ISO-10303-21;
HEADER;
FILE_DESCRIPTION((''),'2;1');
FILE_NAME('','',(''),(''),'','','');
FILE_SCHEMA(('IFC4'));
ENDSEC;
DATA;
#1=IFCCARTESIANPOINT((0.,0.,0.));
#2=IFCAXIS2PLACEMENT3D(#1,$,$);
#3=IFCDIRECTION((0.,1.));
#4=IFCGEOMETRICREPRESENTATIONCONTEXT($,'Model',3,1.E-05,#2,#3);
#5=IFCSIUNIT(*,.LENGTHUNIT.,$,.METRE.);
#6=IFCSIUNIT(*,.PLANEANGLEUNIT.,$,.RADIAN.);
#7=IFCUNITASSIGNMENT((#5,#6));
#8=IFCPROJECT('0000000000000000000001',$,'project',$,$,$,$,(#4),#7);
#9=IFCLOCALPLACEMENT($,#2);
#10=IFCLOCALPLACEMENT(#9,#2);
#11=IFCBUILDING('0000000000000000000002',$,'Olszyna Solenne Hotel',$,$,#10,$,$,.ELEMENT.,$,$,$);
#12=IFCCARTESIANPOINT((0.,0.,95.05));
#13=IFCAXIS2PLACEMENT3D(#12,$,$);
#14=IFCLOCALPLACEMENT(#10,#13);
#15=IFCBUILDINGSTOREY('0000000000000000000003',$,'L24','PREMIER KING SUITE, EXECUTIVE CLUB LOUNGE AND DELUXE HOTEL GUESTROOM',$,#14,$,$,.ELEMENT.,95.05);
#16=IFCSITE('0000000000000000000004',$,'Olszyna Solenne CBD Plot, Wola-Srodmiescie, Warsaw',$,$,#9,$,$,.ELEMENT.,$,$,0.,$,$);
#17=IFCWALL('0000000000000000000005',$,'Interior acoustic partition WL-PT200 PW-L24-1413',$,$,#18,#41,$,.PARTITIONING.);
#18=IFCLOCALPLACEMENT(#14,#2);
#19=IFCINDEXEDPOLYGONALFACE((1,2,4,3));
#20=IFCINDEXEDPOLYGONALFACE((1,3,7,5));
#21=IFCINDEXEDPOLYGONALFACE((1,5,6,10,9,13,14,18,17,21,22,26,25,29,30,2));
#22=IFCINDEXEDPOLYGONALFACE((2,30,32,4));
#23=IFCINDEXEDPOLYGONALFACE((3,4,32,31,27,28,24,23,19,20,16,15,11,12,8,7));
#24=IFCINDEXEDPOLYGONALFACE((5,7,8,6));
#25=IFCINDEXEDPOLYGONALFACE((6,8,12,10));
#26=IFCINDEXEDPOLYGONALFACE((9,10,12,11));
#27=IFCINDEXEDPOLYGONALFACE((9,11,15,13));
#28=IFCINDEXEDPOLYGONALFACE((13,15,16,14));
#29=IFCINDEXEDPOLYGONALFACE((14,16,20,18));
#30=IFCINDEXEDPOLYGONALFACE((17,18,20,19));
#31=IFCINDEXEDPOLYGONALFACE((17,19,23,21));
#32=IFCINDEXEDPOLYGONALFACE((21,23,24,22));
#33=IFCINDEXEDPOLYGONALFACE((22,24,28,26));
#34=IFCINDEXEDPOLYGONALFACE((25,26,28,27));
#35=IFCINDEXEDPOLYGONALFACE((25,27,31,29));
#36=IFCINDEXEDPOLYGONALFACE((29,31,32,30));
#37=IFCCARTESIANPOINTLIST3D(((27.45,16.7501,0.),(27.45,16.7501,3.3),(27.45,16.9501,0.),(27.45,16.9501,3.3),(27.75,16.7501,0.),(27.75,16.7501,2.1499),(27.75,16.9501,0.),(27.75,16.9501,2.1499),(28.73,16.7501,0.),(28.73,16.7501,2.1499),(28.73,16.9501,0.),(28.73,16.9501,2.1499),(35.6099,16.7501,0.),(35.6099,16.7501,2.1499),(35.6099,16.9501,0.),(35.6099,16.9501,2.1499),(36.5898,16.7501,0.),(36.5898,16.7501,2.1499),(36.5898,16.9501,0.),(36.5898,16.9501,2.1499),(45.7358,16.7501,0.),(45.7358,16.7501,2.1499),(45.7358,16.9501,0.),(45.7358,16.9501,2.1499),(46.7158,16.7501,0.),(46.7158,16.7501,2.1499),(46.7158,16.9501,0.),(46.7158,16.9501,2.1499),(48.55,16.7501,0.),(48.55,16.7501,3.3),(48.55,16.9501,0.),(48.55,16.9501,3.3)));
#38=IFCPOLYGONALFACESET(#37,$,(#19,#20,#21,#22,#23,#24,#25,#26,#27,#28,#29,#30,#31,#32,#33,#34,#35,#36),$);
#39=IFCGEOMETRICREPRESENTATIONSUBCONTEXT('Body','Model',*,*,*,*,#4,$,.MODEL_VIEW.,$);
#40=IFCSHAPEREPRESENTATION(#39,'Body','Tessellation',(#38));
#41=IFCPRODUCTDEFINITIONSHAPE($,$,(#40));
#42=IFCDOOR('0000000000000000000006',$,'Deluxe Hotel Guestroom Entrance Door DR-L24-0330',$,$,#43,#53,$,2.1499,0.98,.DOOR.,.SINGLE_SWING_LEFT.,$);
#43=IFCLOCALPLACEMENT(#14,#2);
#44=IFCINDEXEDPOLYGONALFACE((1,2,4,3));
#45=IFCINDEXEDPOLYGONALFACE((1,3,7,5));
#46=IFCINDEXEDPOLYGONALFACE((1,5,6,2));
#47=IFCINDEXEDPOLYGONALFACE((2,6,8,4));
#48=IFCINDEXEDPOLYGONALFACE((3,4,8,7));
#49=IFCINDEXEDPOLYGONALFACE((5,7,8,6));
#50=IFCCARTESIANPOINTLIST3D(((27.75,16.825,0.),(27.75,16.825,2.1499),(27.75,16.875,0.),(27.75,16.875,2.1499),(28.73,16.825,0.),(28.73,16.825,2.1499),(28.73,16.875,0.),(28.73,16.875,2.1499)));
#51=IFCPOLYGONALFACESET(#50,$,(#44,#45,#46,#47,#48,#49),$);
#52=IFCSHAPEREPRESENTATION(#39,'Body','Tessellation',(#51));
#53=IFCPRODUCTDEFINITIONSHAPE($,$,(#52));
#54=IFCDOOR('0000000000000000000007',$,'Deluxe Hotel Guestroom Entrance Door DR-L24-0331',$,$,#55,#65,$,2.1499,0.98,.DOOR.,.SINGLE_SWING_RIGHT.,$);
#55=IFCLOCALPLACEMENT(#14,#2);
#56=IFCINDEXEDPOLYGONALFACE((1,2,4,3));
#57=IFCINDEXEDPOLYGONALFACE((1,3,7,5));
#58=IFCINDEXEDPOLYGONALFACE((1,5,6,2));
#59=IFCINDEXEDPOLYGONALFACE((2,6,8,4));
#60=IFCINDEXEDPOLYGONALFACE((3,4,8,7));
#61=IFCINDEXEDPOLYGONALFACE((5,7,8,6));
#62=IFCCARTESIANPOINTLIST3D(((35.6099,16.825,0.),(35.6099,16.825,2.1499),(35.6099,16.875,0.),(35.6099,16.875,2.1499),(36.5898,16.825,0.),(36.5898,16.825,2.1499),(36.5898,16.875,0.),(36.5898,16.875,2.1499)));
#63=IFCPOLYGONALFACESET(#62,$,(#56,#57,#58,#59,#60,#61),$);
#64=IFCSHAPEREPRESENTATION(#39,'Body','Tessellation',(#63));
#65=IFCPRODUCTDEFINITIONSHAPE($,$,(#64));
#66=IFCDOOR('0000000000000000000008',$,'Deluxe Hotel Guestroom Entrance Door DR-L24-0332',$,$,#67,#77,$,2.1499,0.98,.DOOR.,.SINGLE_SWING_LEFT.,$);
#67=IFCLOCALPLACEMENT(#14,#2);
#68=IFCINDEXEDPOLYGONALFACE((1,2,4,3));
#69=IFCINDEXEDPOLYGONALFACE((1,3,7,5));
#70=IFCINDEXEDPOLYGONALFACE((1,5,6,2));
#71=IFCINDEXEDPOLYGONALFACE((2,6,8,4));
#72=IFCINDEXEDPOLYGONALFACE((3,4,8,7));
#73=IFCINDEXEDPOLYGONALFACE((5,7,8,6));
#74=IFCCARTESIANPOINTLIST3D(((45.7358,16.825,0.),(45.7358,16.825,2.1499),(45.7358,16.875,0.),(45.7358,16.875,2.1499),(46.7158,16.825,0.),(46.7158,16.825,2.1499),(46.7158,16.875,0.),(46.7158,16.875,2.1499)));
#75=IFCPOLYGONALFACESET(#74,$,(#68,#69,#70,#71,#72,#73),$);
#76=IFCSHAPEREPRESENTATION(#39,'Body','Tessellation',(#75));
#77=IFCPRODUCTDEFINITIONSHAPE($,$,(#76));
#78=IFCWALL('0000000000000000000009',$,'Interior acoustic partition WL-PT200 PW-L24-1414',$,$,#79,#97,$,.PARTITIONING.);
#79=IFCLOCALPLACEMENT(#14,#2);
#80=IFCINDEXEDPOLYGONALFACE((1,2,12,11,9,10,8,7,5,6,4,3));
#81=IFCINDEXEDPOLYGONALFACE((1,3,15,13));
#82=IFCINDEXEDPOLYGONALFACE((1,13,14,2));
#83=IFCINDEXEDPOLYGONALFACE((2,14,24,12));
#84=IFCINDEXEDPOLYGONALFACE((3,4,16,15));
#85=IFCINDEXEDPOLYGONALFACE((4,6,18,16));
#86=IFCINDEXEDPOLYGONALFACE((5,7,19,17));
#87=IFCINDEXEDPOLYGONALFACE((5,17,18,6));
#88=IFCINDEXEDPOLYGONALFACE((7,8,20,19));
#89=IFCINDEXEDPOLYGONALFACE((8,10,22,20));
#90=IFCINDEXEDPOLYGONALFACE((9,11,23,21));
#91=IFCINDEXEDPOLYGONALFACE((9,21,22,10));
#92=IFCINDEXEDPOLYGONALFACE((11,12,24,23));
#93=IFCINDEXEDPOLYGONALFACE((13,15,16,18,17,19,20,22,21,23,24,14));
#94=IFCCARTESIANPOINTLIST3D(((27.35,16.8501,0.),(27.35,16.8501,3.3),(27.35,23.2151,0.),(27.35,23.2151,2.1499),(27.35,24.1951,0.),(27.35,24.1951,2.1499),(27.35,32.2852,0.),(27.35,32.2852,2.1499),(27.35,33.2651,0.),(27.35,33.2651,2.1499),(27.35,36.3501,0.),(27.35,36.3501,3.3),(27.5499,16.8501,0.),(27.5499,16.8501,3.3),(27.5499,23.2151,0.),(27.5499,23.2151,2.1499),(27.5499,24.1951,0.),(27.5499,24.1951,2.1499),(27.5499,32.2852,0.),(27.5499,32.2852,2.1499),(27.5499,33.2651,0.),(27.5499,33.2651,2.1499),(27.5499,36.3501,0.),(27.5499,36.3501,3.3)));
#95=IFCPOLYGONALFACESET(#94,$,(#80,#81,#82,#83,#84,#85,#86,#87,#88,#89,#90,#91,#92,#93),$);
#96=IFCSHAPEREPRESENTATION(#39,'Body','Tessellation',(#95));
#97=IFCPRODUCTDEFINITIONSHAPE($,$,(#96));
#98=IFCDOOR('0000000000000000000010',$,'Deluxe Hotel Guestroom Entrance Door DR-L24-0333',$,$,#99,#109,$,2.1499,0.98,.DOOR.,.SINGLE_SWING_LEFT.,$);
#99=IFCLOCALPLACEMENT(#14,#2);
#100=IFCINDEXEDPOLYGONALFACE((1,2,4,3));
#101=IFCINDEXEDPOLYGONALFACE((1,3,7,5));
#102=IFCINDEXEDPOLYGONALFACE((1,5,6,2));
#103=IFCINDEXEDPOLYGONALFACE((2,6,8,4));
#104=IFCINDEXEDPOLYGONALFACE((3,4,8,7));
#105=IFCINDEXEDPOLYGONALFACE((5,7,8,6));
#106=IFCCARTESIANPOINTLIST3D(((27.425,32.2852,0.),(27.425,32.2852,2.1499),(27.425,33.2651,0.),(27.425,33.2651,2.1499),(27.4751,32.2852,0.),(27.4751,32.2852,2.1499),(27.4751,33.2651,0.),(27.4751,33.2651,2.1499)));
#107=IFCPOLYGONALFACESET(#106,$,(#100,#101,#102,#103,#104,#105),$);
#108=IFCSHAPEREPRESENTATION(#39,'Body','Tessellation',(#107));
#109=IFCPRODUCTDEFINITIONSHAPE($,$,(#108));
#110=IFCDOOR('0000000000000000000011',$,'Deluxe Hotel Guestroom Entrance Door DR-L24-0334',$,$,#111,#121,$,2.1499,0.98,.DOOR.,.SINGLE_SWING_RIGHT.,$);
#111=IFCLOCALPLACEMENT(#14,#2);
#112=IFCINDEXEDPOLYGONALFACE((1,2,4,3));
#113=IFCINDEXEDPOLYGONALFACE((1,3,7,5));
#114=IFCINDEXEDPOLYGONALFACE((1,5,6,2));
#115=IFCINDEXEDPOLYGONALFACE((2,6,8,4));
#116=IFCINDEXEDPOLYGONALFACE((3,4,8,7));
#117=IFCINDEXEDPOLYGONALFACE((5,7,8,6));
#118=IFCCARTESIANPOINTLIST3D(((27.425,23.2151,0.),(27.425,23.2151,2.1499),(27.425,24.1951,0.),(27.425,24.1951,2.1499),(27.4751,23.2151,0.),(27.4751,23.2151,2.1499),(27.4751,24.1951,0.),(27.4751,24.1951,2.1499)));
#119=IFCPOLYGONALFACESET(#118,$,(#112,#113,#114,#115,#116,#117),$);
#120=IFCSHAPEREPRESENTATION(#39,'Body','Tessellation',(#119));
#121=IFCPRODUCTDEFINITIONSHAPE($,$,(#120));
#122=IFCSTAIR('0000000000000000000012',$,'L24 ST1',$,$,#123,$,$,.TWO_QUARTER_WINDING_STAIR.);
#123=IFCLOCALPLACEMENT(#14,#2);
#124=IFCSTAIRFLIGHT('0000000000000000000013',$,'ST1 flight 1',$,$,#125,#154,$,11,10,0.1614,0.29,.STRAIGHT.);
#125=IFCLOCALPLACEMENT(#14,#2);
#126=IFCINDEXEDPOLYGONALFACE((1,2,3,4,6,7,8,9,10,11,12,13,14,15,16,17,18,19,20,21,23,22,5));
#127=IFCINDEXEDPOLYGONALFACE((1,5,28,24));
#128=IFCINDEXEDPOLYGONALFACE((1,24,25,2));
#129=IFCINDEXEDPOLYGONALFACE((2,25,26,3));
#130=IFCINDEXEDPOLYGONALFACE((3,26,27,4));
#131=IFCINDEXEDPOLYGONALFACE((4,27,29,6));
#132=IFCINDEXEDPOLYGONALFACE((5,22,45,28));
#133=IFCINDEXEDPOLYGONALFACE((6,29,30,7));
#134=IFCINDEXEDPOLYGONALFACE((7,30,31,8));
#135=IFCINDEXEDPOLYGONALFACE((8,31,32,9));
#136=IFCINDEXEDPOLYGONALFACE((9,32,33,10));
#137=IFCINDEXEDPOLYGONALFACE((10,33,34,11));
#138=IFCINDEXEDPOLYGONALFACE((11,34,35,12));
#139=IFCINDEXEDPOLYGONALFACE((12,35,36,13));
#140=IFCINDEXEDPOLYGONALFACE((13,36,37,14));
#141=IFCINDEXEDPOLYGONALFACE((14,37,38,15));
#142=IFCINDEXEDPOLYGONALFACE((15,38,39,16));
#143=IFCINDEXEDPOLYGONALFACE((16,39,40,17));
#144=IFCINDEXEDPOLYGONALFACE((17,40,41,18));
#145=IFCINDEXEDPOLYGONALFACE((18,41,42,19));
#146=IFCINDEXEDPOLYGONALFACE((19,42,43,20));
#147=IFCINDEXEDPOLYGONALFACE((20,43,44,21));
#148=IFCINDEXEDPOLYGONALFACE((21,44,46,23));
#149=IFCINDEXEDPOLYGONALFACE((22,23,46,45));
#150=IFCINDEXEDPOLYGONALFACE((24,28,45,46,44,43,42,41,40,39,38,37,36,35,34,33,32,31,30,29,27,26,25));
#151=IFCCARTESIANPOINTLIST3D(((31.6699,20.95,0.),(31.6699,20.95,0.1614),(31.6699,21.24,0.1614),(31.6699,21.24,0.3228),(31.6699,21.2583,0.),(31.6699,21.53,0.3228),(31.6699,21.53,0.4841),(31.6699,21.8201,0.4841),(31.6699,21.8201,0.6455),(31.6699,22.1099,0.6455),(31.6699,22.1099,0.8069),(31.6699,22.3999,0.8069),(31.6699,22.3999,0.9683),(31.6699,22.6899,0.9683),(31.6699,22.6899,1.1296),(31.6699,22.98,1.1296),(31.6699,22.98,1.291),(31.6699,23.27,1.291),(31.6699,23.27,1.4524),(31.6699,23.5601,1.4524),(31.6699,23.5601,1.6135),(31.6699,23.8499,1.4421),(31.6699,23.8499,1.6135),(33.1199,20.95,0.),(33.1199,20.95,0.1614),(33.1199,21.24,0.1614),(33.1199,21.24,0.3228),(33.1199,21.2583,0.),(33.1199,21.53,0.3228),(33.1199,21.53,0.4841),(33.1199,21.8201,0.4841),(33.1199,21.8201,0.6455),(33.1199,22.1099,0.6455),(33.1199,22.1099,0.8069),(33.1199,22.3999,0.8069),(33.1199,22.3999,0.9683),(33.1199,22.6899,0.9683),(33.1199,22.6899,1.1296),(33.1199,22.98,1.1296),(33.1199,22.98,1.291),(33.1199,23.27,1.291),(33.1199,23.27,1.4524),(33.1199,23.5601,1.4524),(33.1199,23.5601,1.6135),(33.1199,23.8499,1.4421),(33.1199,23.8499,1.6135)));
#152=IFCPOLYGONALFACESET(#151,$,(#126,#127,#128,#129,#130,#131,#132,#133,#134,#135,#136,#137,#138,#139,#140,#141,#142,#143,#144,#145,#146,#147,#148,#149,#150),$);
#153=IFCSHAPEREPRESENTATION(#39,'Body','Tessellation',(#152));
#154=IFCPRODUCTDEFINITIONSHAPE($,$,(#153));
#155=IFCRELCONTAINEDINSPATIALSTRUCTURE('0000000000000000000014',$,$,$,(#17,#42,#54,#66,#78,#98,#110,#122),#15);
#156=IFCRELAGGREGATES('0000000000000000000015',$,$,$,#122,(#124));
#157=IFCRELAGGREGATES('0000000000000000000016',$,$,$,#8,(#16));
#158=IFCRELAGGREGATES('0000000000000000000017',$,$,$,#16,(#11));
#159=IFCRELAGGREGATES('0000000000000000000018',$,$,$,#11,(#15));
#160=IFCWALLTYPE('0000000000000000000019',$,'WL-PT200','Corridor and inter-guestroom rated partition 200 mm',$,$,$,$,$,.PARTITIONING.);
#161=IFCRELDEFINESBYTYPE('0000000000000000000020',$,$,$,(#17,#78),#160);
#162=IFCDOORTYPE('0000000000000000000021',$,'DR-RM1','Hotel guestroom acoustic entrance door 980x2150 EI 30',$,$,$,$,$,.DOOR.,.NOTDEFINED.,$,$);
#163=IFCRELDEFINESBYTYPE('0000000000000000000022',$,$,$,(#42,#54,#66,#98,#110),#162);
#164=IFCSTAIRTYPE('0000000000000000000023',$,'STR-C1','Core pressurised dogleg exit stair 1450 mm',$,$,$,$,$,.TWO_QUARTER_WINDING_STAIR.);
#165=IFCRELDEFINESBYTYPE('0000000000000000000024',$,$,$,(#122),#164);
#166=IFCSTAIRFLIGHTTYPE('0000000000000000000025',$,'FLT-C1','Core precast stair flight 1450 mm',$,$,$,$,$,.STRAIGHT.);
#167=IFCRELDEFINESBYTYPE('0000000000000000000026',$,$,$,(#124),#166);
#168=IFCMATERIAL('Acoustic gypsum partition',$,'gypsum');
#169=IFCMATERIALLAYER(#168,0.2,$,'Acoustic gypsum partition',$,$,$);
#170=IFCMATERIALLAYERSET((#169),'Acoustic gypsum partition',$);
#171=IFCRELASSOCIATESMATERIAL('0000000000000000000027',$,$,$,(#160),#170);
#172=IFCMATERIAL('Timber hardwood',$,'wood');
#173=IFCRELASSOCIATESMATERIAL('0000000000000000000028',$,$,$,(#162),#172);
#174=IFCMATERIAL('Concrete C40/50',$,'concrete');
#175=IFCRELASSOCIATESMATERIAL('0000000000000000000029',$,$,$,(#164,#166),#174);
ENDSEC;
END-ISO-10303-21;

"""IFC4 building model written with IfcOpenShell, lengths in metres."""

from ifc_helpers import new_model, si_unit, direction, frame, frame_2d, origin, place, context, subcontext, project, spatial, polyline, rectangle, outline, extrude, source, transform, mapped, material, layer, layer_set, type_object, type_shapes, element, fill, aggregate, save


model = new_model("IFC4")

# Units and contexts
model_context = context("Model", 3, precision=1e-05, world=origin(), true_north=direction((0.0, 1.0)))
body_context = subcontext(model_context, "Body", "Model", "MODEL_VIEW")
ifc_project = project(units=[si_unit("LENGTHUNIT", "METRE"), si_unit("PLANEANGLEUNIT", "RADIAN")], contexts=[model_context])

# Site, building, storey
site_placement = place(None, origin())
site = spatial("IfcSite", under=ifc_project, at=site_placement, Name="Olszyna Solenne CBD Plot, Wola-Srodmiescie, Warsaw", CompositionType="ELEMENT", RefElevation=0.0)
building_placement = place(site_placement, origin())
building = spatial("IfcBuilding", under=site, at=building_placement, Name="Olszyna Solenne Hotel", CompositionType="ELEMENT")
storey_placement = place(building_placement, frame((0.0, 0.0, 95.05)))
storey = spatial("IfcBuildingStorey", under=building, at=storey_placement, Name="L24", Description="PREMIER KING SUITE, EXECUTIVE CLUB LOUNGE AND DELUXE HOTEL GUESTROOM", CompositionType="ELEMENT", Elevation=95.05)

# Shared definitions
ifc_material_1 = material(Name="Timber hardwood", Category="wood")

# Shared definitions
ifc_material_2 = material(Name="Acoustic gypsum partition", Category="gypsum")

# Shared definitions
ifc_layer_1 = layer(ifc_material_2, 0.2, Name="Acoustic gypsum partition")
ifc_layer_set_1 = layer_set([ifc_layer_1], Name="Acoustic gypsum partition")
wall_type_1 = type_object("IfcWallType", Name="WL-PT200", Description="Corridor and inter-guestroom rated partition 200 mm", PredefinedType="PARTITIONING", material=ifc_layer_set_1)

# Walls, openings, doors
wall_1_placement = place(storey_placement, frame((27.45, 16.8501, 0.0), z_axis=(0.0, 0.0, 1.0), x_axis=(1.0, 0.0, 0.0)))
wall_1 = element("IfcWall", 1, at=wall_1_placement, inside=storey, type_object=wall_type_1, Name="Interior acoustic partition WL-PT200 PW-L24-1413", PredefinedType="PARTITIONING", context=body_context, shape_type="SweptSolid", body=[
    extrude(rectangle(XDim=21.1001, YDim=0.2, at=frame_2d((10.55, 0.0))), origin(), (0.0, 0.0, 1.0), 3.3),
])
opening_1_placement = place(wall_1_placement, frame((0.3, 0.0, 0.0)))
opening_1 = element("IfcOpeningElement", 2, at=opening_1_placement, cuts=wall_1, PredefinedType="OPENING", context=body_context, shape_type="SweptSolid", body=[
    extrude(rectangle(XDim=0.98, YDim=2.1499, at=frame_2d((0.49, 1.075))), frame((0.0, 0.1099, 0.0), z_axis=(0.0, -1.0, 0.0), x_axis=(1.0, 0.0, 0.0)), (0.0, 0.0, 1.0), 0.22),
])
opening_2_placement = place(wall_1_placement, frame((8.1599, 0.0, 0.0)))
opening_2 = element("IfcOpeningElement", 3, at=opening_2_placement, cuts=wall_1, PredefinedType="OPENING", context=body_context, shape_type="SweptSolid", body=[
    extrude(rectangle(XDim=0.98, YDim=2.1499, at=frame_2d((0.49, 1.075))), frame((0.0, 0.1099, 0.0), z_axis=(0.0, -1.0, 0.0), x_axis=(1.0, 0.0, 0.0)), (0.0, 0.0, 1.0), 0.22),
])
opening_3_placement = place(wall_1_placement, frame((18.2859, 0.0, 0.0)))
opening_3 = element("IfcOpeningElement", 4, at=opening_3_placement, cuts=wall_1, PredefinedType="OPENING", context=body_context, shape_type="SweptSolid", body=[
    extrude(rectangle(XDim=0.98, YDim=2.1499, at=frame_2d((0.49, 1.075))), frame((0.0, 0.1099, 0.0), z_axis=(0.0, -1.0, 0.0), x_axis=(1.0, 0.0, 0.0)), (0.0, 0.0, 1.0), 0.22),
])
door_type_1 = type_object("IfcDoorType", Name="DR-RM1", Description="Hotel guestroom acoustic entrance door 980x2150 EI 30", OperationType="NOTDEFINED", PredefinedType="DOOR", material=ifc_material_1)
shared_shape_1 = source(origin(), body_context, "Body", "SweptSolid", [
    extrude(rectangle(XDim=0.98, YDim=2.1499, at=frame_2d((0.49, 1.075))), frame((0.0, 0.0249, 0.0), z_axis=(0.0, -1.0, 0.0), x_axis=(1.0, 0.0, 0.0)), (0.0, 0.0, 1.0), 0.05),
])
type_shapes(door_type_1, [shared_shape_1])
door_1_placement = place(opening_1_placement, origin())
door_1 = element("IfcDoor", 5, at=door_1_placement, inside=storey, type_object=door_type_1, Name="Deluxe Hotel Guestroom Entrance Door DR-L24-0330", OperationType="SINGLE_SWING_LEFT", OverallHeight=2.1499, OverallWidth=0.98, PredefinedType="DOOR", context=body_context, shape_type="MappedRepresentation", body=[
    mapped(shared_shape_1, transform((0.0, 0.0, 0.0), x_axis=(1.0, 0.0, 0.0), y_axis=(0.0, 1.0, 0.0), z_axis=(0.0, 0.0, 1.0), scale=1.0)),
])
fill(opening_1, door_1)
door_2_placement = place(opening_2_placement, origin())
door_2 = element("IfcDoor", 6, at=door_2_placement, inside=storey, type_object=door_type_1, Name="Deluxe Hotel Guestroom Entrance Door DR-L24-0331", OperationType="SINGLE_SWING_RIGHT", OverallHeight=2.1499, OverallWidth=0.98, PredefinedType="DOOR", context=body_context, shape_type="MappedRepresentation", body=[
    mapped(shared_shape_1, transform((0.0, 0.0, 0.0), x_axis=(1.0, 0.0, 0.0), y_axis=(0.0, 1.0, 0.0), z_axis=(0.0, 0.0, 1.0), scale=1.0)),
])
fill(opening_2, door_2)
door_3_placement = place(opening_3_placement, origin())
door_3 = element("IfcDoor", 7, at=door_3_placement, inside=storey, type_object=door_type_1, Name="Deluxe Hotel Guestroom Entrance Door DR-L24-0332", OperationType="SINGLE_SWING_LEFT", OverallHeight=2.1499, OverallWidth=0.98, PredefinedType="DOOR", context=body_context, shape_type="MappedRepresentation", body=[
    mapped(shared_shape_1, transform((0.0, 0.0, 0.0), x_axis=(1.0, 0.0, 0.0), y_axis=(0.0, 1.0, 0.0), z_axis=(0.0, 0.0, 1.0), scale=1.0)),
])
fill(opening_3, door_3)
wall_2_placement = place(storey_placement, frame((27.45, 16.8501, 0.0), z_axis=(0.0, 0.0, 1.0), x_axis=(0.0, 1.0, 0.0)))
wall_2 = element("IfcWall", 8, at=wall_2_placement, inside=storey, type_object=wall_type_1, Name="Interior acoustic partition WL-PT200 PW-L24-1414", PredefinedType="PARTITIONING", context=body_context, shape_type="SweptSolid", body=[
    extrude(rectangle(XDim=19.5, YDim=0.2, at=frame_2d((9.75, 0.0))), origin(), (0.0, 0.0, 1.0), 3.3),
])
opening_4_placement = place(wall_2_placement, frame((15.4351, 0.0, 0.0)))
opening_4 = element("IfcOpeningElement", 9, at=opening_4_placement, cuts=wall_2, PredefinedType="OPENING", context=body_context, shape_type="SweptSolid", body=[
    extrude(rectangle(XDim=0.98, YDim=2.1499, at=frame_2d((0.49, 1.075))), frame((0.0, 0.1099, 0.0), z_axis=(0.0, -1.0, 0.0), x_axis=(1.0, 0.0, 0.0)), (0.0, 0.0, 1.0), 0.22),
])
opening_5_placement = place(wall_2_placement, frame((6.365, 0.0, 0.0)))
opening_5 = element("IfcOpeningElement", 10, at=opening_5_placement, cuts=wall_2, PredefinedType="OPENING", context=body_context, shape_type="SweptSolid", body=[
    extrude(rectangle(XDim=0.98, YDim=2.1499, at=frame_2d((0.49, 1.075))), frame((0.0, 0.1099, 0.0), z_axis=(0.0, -1.0, 0.0), x_axis=(1.0, 0.0, 0.0)), (0.0, 0.0, 1.0), 0.22),
])
door_4_placement = place(opening_4_placement, origin())
door_4 = element("IfcDoor", 11, at=door_4_placement, inside=storey, type_object=door_type_1, Name="Deluxe Hotel Guestroom Entrance Door DR-L24-0333", OperationType="SINGLE_SWING_LEFT", OverallHeight=2.1499, OverallWidth=0.98, PredefinedType="DOOR", context=body_context, shape_type="MappedRepresentation", body=[
    mapped(shared_shape_1, transform((0.0, 0.0, 0.0), x_axis=(1.0, 0.0, 0.0), y_axis=(0.0, 1.0, 0.0), z_axis=(0.0, 0.0, 1.0), scale=1.0)),
])
fill(opening_4, door_4)
door_5_placement = place(opening_5_placement, origin())
door_5 = element("IfcDoor", 12, at=door_5_placement, inside=storey, type_object=door_type_1, Name="Deluxe Hotel Guestroom Entrance Door DR-L24-0334", OperationType="SINGLE_SWING_RIGHT", OverallHeight=2.1499, OverallWidth=0.98, PredefinedType="DOOR", context=body_context, shape_type="MappedRepresentation", body=[
    mapped(shared_shape_1, transform((0.0, 0.0, 0.0), x_axis=(1.0, 0.0, 0.0), y_axis=(0.0, 1.0, 0.0), z_axis=(0.0, 0.0, 1.0), scale=1.0)),
])
fill(opening_5, door_5)

# Stair, stair flight
ifc_material_3 = material(Name="Concrete C40/50", Category="concrete")
stair_type = type_object("IfcStairType", Name="STR-C1", Description="Core pressurised dogleg exit stair 1450 mm", PredefinedType="TWO_QUARTER_WINDING_STAIR", material=ifc_material_3)
stair_placement = place(storey_placement, origin())
stair = element("IfcStair", 13, at=stair_placement, inside=storey, type_object=stair_type, Name="L24 ST1", PredefinedType="TWO_QUARTER_WINDING_STAIR")
stair_flight_type = type_object("IfcStairFlightType", Name="FLT-C1", Description="Core precast stair flight 1450 mm", PredefinedType="STRAIGHT", material=ifc_material_3)
stair_flight_placement = place(storey_placement, frame((32.395, 20.95, 0.0), z_axis=(0.0, 0.0, 1.0), x_axis=(0.0, 1.0, 0.0)))
stair_flight = element("IfcStairFlight", 14, at=stair_flight_placement, type_object=stair_flight_type, Name="ST1 flight 1", NumberOfRisers=11, NumberOfTreads=10, PredefinedType="STRAIGHT", RiserHeight=0.1614, TreadLength=0.29, context=body_context, shape_type="SweptSolid", body=[
    extrude(outline(polyline([(0.0, 0.0), (0.0, 0.1614), (0.29, 0.1614), (0.29, 0.3228), (0.5801, 0.3228), (0.5801, 0.4841), (0.8701, 0.4841), (0.8701, 0.6455), (1.1599, 0.6455), (1.1599, 0.8069), (1.45, 0.8069), (1.45, 0.9683), (1.74, 0.9683), (1.74, 1.1296), (2.03, 1.1296), (2.03, 1.291), (2.3201, 1.291), (2.3201, 1.4524), (2.6101, 1.4524), (2.6101, 1.6135), (2.8999, 1.6135), (2.8999, 1.7749), (2.8999, 1.4421), (0.3083, 0.0), (0.0, 0.0)])), frame((0.0, 0.7251, 0.0), z_axis=(0.0, -1.0, 0.0), x_axis=(1.0, 0.0, 0.0)), (0.0, 0.0, 1.0), 1.45),
])
aggregate(stair, [stair_flight])

save(model, "model.ifc")
